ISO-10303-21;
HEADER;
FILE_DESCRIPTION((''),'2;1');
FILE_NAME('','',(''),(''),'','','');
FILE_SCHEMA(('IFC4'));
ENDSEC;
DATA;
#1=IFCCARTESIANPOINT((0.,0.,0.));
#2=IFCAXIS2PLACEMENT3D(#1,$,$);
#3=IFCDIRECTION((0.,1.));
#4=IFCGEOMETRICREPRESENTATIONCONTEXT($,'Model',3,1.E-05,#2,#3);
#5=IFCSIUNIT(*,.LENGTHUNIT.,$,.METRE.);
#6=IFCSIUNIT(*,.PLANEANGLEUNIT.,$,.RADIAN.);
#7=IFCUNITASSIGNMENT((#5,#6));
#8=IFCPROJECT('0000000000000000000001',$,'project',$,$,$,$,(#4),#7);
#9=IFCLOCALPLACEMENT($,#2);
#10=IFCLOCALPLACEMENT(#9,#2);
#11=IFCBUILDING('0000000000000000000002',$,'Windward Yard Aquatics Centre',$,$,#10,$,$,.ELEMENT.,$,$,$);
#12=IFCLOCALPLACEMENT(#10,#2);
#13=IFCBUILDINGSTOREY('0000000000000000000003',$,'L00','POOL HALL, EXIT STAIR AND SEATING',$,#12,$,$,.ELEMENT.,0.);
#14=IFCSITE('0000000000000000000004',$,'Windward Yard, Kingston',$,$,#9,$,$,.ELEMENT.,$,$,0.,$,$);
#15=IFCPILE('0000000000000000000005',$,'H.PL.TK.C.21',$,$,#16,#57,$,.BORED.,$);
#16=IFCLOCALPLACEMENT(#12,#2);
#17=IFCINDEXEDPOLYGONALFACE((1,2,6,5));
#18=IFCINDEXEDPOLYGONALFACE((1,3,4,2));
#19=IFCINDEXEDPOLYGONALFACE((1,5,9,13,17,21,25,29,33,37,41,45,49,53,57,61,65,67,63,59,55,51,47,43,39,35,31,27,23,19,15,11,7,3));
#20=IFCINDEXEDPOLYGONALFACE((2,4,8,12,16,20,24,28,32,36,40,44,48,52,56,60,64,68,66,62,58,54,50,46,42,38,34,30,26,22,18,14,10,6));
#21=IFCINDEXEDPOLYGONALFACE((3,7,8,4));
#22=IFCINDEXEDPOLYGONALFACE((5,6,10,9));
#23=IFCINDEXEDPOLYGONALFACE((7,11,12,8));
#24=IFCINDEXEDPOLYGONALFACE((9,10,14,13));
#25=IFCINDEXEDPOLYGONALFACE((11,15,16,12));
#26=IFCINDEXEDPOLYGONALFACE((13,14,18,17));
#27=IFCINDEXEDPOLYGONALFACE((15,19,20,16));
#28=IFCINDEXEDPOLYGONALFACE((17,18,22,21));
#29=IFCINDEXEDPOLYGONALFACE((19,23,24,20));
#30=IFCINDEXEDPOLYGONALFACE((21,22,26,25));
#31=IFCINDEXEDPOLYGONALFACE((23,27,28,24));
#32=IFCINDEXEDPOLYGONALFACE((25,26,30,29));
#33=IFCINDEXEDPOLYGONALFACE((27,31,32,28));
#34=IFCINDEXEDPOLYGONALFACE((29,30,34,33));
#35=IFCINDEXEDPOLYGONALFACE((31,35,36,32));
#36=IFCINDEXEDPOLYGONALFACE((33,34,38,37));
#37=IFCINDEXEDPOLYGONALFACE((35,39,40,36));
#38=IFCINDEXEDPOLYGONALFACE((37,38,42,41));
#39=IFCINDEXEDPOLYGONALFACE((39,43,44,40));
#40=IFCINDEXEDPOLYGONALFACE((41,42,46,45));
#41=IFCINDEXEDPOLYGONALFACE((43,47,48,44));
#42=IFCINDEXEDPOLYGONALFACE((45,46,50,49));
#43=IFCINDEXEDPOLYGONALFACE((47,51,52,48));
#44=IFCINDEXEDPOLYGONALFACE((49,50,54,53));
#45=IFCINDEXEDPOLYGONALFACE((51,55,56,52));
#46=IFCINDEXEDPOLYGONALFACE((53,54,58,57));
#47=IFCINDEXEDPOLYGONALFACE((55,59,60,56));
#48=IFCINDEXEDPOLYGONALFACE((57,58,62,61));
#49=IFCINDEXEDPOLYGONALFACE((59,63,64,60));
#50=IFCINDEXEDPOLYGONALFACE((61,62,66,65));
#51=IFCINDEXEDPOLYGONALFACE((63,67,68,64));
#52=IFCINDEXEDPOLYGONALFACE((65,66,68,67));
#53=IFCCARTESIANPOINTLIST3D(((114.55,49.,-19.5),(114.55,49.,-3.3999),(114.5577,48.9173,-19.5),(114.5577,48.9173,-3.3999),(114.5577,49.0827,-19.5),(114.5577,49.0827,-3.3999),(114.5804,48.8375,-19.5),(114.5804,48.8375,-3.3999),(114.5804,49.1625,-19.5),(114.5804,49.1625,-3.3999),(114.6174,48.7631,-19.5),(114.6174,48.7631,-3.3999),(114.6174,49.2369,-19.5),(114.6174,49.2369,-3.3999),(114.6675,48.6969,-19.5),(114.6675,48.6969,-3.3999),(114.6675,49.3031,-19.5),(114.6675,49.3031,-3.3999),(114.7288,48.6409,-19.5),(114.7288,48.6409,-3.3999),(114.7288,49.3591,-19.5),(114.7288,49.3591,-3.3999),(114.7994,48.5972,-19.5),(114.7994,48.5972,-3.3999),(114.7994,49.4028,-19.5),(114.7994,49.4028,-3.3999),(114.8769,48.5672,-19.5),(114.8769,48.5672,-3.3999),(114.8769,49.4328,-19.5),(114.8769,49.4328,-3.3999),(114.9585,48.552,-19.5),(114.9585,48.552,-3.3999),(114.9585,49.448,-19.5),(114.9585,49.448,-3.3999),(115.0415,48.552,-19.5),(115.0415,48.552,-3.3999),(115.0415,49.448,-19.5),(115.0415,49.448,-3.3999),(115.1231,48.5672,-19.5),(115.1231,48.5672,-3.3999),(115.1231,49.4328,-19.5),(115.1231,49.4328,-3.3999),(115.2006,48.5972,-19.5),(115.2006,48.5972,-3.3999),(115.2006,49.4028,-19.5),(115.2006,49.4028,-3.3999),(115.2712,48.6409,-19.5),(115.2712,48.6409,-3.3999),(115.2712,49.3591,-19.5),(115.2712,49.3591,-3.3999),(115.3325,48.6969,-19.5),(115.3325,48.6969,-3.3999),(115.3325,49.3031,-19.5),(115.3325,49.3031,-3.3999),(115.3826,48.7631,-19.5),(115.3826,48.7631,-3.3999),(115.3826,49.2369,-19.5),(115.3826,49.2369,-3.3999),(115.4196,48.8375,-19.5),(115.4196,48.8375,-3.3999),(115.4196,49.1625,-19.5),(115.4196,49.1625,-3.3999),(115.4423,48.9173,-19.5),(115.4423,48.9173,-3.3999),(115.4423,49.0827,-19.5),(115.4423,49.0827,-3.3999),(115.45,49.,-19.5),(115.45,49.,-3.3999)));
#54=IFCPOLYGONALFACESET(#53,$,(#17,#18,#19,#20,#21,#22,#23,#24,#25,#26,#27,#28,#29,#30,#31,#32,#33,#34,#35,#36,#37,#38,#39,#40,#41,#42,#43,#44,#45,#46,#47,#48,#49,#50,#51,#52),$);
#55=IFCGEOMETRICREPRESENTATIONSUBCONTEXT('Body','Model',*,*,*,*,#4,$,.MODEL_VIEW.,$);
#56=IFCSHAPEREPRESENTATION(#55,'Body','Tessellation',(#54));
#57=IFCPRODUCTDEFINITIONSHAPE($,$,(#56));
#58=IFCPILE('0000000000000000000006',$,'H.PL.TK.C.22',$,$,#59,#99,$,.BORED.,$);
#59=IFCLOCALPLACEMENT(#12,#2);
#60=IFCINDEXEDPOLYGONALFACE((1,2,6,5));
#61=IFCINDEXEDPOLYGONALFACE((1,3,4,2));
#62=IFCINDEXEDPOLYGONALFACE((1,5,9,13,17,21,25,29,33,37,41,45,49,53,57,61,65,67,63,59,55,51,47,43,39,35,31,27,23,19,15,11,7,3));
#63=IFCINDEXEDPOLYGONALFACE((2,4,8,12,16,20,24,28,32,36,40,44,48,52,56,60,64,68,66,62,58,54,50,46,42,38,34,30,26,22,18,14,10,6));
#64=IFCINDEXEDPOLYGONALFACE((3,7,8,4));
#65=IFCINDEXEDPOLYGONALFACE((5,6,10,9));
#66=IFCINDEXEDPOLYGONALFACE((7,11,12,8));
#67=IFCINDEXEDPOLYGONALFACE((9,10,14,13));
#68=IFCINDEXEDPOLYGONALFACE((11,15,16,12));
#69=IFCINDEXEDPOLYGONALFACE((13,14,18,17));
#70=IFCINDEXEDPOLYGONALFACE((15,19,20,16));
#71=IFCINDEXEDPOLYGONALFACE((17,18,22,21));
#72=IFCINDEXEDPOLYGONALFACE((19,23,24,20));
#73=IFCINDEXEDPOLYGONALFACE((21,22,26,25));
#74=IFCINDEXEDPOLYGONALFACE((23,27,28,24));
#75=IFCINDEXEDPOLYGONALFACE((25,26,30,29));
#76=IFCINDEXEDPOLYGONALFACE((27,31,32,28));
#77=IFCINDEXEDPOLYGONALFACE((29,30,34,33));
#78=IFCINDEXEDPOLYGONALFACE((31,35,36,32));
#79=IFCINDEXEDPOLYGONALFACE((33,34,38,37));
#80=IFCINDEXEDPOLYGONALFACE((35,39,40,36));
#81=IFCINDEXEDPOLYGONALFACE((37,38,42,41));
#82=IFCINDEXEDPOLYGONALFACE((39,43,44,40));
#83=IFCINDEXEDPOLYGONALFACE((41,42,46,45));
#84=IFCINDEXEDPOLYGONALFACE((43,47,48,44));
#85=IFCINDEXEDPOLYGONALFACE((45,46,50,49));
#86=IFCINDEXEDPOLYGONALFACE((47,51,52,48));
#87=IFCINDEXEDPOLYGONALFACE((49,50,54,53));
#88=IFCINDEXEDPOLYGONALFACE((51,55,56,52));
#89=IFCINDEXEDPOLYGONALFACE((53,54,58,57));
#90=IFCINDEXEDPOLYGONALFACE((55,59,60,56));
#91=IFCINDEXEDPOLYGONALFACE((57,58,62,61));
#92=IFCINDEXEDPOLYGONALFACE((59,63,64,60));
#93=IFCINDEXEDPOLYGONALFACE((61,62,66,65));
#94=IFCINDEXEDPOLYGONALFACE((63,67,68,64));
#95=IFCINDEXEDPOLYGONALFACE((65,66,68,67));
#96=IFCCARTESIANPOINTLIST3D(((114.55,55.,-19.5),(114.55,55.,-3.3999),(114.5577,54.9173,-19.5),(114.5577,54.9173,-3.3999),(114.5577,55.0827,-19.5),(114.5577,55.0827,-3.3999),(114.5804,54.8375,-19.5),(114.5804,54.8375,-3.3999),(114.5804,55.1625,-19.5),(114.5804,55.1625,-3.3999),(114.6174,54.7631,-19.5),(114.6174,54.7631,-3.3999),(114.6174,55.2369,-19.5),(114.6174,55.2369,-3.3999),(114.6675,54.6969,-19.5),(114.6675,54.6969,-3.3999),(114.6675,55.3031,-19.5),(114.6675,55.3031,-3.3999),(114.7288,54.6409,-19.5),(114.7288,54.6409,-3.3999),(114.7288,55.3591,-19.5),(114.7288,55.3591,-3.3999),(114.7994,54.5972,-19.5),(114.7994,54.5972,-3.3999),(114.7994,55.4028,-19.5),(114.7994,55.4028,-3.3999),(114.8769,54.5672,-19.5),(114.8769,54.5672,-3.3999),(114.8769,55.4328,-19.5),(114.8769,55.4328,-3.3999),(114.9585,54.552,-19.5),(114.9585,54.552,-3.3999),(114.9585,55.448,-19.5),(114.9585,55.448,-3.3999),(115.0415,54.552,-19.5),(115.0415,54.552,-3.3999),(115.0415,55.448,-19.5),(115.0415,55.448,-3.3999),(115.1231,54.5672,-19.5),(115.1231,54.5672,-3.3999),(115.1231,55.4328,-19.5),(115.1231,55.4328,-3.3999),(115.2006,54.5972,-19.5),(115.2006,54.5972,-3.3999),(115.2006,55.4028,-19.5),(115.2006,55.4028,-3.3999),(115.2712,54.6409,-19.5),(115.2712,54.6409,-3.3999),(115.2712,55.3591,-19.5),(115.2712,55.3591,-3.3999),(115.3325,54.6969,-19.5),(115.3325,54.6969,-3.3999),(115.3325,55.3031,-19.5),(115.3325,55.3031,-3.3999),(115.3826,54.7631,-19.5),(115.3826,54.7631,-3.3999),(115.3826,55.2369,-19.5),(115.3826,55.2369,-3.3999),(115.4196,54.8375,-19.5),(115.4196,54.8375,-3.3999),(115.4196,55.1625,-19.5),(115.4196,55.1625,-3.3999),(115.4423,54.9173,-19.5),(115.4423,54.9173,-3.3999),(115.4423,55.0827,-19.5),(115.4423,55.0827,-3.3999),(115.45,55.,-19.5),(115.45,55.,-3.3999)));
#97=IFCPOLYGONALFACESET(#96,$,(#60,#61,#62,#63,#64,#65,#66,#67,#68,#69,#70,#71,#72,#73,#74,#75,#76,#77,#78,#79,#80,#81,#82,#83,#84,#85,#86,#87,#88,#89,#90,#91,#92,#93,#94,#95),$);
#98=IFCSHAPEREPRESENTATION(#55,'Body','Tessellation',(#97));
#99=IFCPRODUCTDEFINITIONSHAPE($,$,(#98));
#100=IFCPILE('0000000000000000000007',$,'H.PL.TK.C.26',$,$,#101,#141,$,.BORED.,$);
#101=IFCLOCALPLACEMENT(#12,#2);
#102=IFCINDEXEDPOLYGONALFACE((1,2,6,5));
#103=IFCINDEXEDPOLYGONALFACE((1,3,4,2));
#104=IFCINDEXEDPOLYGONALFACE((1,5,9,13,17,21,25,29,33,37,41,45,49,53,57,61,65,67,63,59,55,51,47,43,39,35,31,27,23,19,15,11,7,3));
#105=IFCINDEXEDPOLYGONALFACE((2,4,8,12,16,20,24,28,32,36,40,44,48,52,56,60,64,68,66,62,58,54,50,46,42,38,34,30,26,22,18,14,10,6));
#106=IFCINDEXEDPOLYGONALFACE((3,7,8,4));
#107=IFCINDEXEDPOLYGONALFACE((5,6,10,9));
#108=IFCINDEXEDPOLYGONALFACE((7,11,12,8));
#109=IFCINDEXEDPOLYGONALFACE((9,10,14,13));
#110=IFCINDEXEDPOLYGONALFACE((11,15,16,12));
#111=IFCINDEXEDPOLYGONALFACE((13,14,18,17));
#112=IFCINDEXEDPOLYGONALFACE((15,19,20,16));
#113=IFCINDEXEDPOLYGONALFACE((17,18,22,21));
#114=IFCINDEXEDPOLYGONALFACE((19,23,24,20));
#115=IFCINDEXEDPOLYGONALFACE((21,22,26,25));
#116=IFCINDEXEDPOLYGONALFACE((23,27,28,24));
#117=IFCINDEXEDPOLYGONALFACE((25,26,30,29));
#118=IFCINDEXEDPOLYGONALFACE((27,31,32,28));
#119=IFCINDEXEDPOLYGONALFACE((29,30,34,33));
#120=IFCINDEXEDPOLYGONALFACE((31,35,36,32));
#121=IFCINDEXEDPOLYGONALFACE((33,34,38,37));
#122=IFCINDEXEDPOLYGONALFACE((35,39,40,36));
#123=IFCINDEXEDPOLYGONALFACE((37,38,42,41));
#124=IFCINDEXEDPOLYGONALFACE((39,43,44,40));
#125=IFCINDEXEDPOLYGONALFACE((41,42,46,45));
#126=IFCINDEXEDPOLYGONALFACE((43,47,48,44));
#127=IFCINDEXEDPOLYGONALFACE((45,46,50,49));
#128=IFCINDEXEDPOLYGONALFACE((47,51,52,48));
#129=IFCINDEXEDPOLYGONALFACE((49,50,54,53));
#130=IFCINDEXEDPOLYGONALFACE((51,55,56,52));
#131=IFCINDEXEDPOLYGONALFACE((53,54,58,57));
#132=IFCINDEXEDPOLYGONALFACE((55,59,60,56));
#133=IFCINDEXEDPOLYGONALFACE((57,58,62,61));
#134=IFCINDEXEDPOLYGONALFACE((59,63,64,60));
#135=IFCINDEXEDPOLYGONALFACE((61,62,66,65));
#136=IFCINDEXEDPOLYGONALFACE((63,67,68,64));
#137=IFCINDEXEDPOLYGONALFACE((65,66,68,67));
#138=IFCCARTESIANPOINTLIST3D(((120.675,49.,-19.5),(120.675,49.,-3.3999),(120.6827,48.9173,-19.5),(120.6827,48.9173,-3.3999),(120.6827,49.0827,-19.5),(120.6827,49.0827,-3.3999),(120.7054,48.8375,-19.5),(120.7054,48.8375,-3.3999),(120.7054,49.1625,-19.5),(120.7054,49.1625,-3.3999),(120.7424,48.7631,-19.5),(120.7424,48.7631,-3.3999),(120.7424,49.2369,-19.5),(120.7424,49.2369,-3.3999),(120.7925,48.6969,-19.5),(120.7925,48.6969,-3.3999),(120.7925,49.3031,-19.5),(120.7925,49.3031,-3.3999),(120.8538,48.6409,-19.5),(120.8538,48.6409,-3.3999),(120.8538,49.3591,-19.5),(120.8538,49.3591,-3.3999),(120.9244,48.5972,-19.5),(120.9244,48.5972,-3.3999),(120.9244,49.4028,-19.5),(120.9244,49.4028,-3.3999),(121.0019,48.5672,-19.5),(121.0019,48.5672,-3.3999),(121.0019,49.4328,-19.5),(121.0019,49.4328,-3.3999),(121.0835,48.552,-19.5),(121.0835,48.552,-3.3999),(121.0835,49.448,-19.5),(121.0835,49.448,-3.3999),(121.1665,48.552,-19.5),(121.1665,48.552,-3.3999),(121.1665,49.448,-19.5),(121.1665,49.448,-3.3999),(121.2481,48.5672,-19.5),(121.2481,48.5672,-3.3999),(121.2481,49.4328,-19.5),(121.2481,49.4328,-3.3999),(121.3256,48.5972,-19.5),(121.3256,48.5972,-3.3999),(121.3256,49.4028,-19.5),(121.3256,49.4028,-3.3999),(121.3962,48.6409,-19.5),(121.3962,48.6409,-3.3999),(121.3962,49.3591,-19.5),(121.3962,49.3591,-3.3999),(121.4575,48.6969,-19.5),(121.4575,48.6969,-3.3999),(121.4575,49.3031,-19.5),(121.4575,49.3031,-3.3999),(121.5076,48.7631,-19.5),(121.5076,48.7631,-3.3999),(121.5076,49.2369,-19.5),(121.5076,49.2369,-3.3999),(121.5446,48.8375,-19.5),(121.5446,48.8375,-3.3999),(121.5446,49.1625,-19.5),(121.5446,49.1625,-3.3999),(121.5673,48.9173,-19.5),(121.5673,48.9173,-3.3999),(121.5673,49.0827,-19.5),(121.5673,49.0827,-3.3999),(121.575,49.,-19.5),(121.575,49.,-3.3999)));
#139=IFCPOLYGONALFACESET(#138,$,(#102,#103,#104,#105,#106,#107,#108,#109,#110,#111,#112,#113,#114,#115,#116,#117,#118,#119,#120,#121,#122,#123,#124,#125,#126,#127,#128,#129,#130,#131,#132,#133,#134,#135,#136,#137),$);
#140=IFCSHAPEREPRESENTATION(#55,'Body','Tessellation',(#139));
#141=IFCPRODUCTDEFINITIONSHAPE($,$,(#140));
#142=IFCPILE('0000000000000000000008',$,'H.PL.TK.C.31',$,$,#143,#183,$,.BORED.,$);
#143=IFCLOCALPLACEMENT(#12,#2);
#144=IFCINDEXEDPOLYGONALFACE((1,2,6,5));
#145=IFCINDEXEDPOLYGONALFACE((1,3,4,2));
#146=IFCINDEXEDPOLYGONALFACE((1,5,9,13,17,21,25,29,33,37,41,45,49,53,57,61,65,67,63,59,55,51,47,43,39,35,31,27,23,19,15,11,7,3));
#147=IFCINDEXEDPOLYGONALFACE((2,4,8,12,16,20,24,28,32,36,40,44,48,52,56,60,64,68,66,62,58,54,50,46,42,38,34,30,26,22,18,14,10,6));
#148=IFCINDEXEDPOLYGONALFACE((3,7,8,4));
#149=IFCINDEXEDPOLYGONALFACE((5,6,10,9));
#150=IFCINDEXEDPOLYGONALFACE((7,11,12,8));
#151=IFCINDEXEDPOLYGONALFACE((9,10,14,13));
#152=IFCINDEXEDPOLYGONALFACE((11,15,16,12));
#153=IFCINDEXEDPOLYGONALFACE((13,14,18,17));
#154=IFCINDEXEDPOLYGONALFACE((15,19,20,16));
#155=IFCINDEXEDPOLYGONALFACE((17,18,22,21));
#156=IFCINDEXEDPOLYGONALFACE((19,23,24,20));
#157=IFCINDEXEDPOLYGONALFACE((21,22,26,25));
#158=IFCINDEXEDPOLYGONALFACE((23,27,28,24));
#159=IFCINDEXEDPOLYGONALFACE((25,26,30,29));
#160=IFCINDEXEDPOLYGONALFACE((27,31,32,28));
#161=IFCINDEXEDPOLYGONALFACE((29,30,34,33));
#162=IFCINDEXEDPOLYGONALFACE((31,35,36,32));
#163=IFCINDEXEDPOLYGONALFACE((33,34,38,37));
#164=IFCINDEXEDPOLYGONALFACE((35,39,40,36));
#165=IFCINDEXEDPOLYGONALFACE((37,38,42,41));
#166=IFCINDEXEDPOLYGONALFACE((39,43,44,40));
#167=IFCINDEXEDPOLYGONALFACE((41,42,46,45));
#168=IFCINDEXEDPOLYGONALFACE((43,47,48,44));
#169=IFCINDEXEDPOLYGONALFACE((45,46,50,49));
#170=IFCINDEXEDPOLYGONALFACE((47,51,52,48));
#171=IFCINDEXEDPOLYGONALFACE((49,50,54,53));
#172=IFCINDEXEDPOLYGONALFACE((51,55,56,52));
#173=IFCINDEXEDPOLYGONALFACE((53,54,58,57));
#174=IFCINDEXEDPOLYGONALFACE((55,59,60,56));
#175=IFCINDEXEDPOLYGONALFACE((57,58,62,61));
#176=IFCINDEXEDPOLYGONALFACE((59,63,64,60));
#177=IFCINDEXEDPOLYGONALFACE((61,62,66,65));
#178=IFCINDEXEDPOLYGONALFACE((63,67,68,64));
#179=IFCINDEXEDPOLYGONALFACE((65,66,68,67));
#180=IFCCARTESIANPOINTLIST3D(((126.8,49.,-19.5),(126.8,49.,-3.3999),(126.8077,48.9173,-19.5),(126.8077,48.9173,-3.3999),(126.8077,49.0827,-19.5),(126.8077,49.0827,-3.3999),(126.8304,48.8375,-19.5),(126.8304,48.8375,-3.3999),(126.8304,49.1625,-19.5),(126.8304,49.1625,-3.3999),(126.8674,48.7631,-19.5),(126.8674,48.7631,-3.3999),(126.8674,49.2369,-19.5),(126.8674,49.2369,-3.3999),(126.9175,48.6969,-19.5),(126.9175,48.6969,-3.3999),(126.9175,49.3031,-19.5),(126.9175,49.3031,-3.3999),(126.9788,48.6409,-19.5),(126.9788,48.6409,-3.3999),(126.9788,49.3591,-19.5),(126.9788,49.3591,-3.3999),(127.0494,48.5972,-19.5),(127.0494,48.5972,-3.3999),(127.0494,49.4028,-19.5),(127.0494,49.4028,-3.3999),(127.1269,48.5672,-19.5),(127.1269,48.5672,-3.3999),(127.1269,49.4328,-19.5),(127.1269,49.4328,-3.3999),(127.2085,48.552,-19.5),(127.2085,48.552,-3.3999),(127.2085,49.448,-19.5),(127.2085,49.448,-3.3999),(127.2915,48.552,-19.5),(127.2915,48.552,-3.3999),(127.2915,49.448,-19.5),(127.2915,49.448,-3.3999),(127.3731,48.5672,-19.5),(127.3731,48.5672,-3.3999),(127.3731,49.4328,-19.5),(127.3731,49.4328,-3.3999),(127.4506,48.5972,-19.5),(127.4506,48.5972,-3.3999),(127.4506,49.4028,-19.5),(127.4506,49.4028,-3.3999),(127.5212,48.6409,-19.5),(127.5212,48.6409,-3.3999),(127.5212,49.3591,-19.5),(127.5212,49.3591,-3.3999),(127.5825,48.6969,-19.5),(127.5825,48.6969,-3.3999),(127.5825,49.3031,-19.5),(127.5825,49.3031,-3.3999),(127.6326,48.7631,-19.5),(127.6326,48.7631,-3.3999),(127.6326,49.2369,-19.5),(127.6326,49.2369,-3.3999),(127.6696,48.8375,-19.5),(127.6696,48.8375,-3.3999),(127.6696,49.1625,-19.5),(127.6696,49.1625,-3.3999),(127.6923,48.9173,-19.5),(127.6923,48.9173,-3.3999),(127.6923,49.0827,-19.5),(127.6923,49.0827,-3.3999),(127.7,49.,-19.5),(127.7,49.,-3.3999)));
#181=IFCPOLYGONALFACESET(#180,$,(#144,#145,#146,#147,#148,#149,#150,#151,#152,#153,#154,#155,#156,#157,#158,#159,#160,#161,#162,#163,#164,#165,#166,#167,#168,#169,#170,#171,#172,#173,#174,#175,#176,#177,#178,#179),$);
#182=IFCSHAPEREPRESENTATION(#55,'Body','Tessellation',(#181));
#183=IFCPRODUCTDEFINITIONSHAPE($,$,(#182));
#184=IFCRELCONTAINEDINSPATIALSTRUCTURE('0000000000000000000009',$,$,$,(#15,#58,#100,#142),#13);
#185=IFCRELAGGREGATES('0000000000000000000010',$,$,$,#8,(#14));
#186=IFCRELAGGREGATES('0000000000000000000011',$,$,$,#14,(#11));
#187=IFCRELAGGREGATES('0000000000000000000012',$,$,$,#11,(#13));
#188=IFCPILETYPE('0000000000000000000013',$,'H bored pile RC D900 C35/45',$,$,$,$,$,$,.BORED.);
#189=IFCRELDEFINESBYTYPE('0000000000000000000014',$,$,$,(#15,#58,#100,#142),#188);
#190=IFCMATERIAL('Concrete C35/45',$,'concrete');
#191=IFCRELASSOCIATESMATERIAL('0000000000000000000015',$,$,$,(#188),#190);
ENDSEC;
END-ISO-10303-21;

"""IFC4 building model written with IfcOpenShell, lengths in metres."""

from ifc_helpers import new_model, si_unit, direction, frame, origin, origin_2d, place, context, subcontext, project, spatial, circle, extrude, material, material_profile, profile_set, type_object, element, save


model = new_model("IFC4")

# Units and contexts
model_context = context("Model", 3, precision=1e-05, world=origin(), true_north=direction((0.0, 1.0)))
body_context = subcontext(model_context, "Body", "Model", "MODEL_VIEW")
ifc_project = project(units=[si_unit("LENGTHUNIT", "METRE"), si_unit("PLANEANGLEUNIT", "RADIAN")], contexts=[model_context])

# Site, building, storey
site_placement = place(None, origin())
site = spatial("IfcSite", under=ifc_project, at=site_placement, Name="Windward Yard, Kingston", CompositionType="ELEMENT", RefElevation=0.0)
building_placement = place(site_placement, origin())
building = spatial("IfcBuilding", under=site, at=building_placement, Name="Windward Yard Aquatics Centre", CompositionType="ELEMENT")
storey_placement = place(building_placement, origin())
storey = spatial("IfcBuildingStorey", under=building, at=storey_placement, Name="L00", Description="POOL HALL, EXIT STAIR AND SEATING", CompositionType="ELEMENT", Elevation=0.0)

# Piles
ifc_material_1 = material(Name="Concrete C35/45", Category="concrete")
ifc_material_profile_1 = material_profile(ifc_material_1, circle(Radius=0.45, at=origin_2d()), Name="RC D900")
ifc_profile_set_1 = profile_set([ifc_material_profile_1], Name="Concrete C35/45")
pile_type = type_object("IfcPileType", Name="H bored pile RC D900 C35/45", PredefinedType="BORED", material=ifc_profile_set_1)
for number, where, z_axis, x_axis, name in (
    (1, (115.0, 49.0, -3.3999), (0.0, 0.0, -1.0), (1.0, 0.0, 0.0), "H.PL.TK.C.21"),
    (2, (115.0, 55.0, -3.3999), (0.0, 0.0, -1.0), (1.0, 0.0, 0.0), "H.PL.TK.C.22"),
    (3, (121.125, 49.0, -3.3999), (0.0, 0.0, -1.0), (1.0, 0.0, 0.0), "H.PL.TK.C.26"),
    (4, (127.25, 49.0, -3.3999), (0.0, 0.0, -1.0), (1.0, 0.0, 0.0), "H.PL.TK.C.31"),
):
    element("IfcPile", number, at=place(storey_placement, frame(where, z_axis=z_axis, x_axis=x_axis)), inside=storey, type_object=pile_type, Name=name, PredefinedType="BORED", context=body_context, shape_type="SweptSolid", body=[
        extrude(circle(Radius=0.45, at=origin_2d()), origin(), (0.0, 0.0, 1.0), 16.1001),
    ])

save(model, "model.ifc")
